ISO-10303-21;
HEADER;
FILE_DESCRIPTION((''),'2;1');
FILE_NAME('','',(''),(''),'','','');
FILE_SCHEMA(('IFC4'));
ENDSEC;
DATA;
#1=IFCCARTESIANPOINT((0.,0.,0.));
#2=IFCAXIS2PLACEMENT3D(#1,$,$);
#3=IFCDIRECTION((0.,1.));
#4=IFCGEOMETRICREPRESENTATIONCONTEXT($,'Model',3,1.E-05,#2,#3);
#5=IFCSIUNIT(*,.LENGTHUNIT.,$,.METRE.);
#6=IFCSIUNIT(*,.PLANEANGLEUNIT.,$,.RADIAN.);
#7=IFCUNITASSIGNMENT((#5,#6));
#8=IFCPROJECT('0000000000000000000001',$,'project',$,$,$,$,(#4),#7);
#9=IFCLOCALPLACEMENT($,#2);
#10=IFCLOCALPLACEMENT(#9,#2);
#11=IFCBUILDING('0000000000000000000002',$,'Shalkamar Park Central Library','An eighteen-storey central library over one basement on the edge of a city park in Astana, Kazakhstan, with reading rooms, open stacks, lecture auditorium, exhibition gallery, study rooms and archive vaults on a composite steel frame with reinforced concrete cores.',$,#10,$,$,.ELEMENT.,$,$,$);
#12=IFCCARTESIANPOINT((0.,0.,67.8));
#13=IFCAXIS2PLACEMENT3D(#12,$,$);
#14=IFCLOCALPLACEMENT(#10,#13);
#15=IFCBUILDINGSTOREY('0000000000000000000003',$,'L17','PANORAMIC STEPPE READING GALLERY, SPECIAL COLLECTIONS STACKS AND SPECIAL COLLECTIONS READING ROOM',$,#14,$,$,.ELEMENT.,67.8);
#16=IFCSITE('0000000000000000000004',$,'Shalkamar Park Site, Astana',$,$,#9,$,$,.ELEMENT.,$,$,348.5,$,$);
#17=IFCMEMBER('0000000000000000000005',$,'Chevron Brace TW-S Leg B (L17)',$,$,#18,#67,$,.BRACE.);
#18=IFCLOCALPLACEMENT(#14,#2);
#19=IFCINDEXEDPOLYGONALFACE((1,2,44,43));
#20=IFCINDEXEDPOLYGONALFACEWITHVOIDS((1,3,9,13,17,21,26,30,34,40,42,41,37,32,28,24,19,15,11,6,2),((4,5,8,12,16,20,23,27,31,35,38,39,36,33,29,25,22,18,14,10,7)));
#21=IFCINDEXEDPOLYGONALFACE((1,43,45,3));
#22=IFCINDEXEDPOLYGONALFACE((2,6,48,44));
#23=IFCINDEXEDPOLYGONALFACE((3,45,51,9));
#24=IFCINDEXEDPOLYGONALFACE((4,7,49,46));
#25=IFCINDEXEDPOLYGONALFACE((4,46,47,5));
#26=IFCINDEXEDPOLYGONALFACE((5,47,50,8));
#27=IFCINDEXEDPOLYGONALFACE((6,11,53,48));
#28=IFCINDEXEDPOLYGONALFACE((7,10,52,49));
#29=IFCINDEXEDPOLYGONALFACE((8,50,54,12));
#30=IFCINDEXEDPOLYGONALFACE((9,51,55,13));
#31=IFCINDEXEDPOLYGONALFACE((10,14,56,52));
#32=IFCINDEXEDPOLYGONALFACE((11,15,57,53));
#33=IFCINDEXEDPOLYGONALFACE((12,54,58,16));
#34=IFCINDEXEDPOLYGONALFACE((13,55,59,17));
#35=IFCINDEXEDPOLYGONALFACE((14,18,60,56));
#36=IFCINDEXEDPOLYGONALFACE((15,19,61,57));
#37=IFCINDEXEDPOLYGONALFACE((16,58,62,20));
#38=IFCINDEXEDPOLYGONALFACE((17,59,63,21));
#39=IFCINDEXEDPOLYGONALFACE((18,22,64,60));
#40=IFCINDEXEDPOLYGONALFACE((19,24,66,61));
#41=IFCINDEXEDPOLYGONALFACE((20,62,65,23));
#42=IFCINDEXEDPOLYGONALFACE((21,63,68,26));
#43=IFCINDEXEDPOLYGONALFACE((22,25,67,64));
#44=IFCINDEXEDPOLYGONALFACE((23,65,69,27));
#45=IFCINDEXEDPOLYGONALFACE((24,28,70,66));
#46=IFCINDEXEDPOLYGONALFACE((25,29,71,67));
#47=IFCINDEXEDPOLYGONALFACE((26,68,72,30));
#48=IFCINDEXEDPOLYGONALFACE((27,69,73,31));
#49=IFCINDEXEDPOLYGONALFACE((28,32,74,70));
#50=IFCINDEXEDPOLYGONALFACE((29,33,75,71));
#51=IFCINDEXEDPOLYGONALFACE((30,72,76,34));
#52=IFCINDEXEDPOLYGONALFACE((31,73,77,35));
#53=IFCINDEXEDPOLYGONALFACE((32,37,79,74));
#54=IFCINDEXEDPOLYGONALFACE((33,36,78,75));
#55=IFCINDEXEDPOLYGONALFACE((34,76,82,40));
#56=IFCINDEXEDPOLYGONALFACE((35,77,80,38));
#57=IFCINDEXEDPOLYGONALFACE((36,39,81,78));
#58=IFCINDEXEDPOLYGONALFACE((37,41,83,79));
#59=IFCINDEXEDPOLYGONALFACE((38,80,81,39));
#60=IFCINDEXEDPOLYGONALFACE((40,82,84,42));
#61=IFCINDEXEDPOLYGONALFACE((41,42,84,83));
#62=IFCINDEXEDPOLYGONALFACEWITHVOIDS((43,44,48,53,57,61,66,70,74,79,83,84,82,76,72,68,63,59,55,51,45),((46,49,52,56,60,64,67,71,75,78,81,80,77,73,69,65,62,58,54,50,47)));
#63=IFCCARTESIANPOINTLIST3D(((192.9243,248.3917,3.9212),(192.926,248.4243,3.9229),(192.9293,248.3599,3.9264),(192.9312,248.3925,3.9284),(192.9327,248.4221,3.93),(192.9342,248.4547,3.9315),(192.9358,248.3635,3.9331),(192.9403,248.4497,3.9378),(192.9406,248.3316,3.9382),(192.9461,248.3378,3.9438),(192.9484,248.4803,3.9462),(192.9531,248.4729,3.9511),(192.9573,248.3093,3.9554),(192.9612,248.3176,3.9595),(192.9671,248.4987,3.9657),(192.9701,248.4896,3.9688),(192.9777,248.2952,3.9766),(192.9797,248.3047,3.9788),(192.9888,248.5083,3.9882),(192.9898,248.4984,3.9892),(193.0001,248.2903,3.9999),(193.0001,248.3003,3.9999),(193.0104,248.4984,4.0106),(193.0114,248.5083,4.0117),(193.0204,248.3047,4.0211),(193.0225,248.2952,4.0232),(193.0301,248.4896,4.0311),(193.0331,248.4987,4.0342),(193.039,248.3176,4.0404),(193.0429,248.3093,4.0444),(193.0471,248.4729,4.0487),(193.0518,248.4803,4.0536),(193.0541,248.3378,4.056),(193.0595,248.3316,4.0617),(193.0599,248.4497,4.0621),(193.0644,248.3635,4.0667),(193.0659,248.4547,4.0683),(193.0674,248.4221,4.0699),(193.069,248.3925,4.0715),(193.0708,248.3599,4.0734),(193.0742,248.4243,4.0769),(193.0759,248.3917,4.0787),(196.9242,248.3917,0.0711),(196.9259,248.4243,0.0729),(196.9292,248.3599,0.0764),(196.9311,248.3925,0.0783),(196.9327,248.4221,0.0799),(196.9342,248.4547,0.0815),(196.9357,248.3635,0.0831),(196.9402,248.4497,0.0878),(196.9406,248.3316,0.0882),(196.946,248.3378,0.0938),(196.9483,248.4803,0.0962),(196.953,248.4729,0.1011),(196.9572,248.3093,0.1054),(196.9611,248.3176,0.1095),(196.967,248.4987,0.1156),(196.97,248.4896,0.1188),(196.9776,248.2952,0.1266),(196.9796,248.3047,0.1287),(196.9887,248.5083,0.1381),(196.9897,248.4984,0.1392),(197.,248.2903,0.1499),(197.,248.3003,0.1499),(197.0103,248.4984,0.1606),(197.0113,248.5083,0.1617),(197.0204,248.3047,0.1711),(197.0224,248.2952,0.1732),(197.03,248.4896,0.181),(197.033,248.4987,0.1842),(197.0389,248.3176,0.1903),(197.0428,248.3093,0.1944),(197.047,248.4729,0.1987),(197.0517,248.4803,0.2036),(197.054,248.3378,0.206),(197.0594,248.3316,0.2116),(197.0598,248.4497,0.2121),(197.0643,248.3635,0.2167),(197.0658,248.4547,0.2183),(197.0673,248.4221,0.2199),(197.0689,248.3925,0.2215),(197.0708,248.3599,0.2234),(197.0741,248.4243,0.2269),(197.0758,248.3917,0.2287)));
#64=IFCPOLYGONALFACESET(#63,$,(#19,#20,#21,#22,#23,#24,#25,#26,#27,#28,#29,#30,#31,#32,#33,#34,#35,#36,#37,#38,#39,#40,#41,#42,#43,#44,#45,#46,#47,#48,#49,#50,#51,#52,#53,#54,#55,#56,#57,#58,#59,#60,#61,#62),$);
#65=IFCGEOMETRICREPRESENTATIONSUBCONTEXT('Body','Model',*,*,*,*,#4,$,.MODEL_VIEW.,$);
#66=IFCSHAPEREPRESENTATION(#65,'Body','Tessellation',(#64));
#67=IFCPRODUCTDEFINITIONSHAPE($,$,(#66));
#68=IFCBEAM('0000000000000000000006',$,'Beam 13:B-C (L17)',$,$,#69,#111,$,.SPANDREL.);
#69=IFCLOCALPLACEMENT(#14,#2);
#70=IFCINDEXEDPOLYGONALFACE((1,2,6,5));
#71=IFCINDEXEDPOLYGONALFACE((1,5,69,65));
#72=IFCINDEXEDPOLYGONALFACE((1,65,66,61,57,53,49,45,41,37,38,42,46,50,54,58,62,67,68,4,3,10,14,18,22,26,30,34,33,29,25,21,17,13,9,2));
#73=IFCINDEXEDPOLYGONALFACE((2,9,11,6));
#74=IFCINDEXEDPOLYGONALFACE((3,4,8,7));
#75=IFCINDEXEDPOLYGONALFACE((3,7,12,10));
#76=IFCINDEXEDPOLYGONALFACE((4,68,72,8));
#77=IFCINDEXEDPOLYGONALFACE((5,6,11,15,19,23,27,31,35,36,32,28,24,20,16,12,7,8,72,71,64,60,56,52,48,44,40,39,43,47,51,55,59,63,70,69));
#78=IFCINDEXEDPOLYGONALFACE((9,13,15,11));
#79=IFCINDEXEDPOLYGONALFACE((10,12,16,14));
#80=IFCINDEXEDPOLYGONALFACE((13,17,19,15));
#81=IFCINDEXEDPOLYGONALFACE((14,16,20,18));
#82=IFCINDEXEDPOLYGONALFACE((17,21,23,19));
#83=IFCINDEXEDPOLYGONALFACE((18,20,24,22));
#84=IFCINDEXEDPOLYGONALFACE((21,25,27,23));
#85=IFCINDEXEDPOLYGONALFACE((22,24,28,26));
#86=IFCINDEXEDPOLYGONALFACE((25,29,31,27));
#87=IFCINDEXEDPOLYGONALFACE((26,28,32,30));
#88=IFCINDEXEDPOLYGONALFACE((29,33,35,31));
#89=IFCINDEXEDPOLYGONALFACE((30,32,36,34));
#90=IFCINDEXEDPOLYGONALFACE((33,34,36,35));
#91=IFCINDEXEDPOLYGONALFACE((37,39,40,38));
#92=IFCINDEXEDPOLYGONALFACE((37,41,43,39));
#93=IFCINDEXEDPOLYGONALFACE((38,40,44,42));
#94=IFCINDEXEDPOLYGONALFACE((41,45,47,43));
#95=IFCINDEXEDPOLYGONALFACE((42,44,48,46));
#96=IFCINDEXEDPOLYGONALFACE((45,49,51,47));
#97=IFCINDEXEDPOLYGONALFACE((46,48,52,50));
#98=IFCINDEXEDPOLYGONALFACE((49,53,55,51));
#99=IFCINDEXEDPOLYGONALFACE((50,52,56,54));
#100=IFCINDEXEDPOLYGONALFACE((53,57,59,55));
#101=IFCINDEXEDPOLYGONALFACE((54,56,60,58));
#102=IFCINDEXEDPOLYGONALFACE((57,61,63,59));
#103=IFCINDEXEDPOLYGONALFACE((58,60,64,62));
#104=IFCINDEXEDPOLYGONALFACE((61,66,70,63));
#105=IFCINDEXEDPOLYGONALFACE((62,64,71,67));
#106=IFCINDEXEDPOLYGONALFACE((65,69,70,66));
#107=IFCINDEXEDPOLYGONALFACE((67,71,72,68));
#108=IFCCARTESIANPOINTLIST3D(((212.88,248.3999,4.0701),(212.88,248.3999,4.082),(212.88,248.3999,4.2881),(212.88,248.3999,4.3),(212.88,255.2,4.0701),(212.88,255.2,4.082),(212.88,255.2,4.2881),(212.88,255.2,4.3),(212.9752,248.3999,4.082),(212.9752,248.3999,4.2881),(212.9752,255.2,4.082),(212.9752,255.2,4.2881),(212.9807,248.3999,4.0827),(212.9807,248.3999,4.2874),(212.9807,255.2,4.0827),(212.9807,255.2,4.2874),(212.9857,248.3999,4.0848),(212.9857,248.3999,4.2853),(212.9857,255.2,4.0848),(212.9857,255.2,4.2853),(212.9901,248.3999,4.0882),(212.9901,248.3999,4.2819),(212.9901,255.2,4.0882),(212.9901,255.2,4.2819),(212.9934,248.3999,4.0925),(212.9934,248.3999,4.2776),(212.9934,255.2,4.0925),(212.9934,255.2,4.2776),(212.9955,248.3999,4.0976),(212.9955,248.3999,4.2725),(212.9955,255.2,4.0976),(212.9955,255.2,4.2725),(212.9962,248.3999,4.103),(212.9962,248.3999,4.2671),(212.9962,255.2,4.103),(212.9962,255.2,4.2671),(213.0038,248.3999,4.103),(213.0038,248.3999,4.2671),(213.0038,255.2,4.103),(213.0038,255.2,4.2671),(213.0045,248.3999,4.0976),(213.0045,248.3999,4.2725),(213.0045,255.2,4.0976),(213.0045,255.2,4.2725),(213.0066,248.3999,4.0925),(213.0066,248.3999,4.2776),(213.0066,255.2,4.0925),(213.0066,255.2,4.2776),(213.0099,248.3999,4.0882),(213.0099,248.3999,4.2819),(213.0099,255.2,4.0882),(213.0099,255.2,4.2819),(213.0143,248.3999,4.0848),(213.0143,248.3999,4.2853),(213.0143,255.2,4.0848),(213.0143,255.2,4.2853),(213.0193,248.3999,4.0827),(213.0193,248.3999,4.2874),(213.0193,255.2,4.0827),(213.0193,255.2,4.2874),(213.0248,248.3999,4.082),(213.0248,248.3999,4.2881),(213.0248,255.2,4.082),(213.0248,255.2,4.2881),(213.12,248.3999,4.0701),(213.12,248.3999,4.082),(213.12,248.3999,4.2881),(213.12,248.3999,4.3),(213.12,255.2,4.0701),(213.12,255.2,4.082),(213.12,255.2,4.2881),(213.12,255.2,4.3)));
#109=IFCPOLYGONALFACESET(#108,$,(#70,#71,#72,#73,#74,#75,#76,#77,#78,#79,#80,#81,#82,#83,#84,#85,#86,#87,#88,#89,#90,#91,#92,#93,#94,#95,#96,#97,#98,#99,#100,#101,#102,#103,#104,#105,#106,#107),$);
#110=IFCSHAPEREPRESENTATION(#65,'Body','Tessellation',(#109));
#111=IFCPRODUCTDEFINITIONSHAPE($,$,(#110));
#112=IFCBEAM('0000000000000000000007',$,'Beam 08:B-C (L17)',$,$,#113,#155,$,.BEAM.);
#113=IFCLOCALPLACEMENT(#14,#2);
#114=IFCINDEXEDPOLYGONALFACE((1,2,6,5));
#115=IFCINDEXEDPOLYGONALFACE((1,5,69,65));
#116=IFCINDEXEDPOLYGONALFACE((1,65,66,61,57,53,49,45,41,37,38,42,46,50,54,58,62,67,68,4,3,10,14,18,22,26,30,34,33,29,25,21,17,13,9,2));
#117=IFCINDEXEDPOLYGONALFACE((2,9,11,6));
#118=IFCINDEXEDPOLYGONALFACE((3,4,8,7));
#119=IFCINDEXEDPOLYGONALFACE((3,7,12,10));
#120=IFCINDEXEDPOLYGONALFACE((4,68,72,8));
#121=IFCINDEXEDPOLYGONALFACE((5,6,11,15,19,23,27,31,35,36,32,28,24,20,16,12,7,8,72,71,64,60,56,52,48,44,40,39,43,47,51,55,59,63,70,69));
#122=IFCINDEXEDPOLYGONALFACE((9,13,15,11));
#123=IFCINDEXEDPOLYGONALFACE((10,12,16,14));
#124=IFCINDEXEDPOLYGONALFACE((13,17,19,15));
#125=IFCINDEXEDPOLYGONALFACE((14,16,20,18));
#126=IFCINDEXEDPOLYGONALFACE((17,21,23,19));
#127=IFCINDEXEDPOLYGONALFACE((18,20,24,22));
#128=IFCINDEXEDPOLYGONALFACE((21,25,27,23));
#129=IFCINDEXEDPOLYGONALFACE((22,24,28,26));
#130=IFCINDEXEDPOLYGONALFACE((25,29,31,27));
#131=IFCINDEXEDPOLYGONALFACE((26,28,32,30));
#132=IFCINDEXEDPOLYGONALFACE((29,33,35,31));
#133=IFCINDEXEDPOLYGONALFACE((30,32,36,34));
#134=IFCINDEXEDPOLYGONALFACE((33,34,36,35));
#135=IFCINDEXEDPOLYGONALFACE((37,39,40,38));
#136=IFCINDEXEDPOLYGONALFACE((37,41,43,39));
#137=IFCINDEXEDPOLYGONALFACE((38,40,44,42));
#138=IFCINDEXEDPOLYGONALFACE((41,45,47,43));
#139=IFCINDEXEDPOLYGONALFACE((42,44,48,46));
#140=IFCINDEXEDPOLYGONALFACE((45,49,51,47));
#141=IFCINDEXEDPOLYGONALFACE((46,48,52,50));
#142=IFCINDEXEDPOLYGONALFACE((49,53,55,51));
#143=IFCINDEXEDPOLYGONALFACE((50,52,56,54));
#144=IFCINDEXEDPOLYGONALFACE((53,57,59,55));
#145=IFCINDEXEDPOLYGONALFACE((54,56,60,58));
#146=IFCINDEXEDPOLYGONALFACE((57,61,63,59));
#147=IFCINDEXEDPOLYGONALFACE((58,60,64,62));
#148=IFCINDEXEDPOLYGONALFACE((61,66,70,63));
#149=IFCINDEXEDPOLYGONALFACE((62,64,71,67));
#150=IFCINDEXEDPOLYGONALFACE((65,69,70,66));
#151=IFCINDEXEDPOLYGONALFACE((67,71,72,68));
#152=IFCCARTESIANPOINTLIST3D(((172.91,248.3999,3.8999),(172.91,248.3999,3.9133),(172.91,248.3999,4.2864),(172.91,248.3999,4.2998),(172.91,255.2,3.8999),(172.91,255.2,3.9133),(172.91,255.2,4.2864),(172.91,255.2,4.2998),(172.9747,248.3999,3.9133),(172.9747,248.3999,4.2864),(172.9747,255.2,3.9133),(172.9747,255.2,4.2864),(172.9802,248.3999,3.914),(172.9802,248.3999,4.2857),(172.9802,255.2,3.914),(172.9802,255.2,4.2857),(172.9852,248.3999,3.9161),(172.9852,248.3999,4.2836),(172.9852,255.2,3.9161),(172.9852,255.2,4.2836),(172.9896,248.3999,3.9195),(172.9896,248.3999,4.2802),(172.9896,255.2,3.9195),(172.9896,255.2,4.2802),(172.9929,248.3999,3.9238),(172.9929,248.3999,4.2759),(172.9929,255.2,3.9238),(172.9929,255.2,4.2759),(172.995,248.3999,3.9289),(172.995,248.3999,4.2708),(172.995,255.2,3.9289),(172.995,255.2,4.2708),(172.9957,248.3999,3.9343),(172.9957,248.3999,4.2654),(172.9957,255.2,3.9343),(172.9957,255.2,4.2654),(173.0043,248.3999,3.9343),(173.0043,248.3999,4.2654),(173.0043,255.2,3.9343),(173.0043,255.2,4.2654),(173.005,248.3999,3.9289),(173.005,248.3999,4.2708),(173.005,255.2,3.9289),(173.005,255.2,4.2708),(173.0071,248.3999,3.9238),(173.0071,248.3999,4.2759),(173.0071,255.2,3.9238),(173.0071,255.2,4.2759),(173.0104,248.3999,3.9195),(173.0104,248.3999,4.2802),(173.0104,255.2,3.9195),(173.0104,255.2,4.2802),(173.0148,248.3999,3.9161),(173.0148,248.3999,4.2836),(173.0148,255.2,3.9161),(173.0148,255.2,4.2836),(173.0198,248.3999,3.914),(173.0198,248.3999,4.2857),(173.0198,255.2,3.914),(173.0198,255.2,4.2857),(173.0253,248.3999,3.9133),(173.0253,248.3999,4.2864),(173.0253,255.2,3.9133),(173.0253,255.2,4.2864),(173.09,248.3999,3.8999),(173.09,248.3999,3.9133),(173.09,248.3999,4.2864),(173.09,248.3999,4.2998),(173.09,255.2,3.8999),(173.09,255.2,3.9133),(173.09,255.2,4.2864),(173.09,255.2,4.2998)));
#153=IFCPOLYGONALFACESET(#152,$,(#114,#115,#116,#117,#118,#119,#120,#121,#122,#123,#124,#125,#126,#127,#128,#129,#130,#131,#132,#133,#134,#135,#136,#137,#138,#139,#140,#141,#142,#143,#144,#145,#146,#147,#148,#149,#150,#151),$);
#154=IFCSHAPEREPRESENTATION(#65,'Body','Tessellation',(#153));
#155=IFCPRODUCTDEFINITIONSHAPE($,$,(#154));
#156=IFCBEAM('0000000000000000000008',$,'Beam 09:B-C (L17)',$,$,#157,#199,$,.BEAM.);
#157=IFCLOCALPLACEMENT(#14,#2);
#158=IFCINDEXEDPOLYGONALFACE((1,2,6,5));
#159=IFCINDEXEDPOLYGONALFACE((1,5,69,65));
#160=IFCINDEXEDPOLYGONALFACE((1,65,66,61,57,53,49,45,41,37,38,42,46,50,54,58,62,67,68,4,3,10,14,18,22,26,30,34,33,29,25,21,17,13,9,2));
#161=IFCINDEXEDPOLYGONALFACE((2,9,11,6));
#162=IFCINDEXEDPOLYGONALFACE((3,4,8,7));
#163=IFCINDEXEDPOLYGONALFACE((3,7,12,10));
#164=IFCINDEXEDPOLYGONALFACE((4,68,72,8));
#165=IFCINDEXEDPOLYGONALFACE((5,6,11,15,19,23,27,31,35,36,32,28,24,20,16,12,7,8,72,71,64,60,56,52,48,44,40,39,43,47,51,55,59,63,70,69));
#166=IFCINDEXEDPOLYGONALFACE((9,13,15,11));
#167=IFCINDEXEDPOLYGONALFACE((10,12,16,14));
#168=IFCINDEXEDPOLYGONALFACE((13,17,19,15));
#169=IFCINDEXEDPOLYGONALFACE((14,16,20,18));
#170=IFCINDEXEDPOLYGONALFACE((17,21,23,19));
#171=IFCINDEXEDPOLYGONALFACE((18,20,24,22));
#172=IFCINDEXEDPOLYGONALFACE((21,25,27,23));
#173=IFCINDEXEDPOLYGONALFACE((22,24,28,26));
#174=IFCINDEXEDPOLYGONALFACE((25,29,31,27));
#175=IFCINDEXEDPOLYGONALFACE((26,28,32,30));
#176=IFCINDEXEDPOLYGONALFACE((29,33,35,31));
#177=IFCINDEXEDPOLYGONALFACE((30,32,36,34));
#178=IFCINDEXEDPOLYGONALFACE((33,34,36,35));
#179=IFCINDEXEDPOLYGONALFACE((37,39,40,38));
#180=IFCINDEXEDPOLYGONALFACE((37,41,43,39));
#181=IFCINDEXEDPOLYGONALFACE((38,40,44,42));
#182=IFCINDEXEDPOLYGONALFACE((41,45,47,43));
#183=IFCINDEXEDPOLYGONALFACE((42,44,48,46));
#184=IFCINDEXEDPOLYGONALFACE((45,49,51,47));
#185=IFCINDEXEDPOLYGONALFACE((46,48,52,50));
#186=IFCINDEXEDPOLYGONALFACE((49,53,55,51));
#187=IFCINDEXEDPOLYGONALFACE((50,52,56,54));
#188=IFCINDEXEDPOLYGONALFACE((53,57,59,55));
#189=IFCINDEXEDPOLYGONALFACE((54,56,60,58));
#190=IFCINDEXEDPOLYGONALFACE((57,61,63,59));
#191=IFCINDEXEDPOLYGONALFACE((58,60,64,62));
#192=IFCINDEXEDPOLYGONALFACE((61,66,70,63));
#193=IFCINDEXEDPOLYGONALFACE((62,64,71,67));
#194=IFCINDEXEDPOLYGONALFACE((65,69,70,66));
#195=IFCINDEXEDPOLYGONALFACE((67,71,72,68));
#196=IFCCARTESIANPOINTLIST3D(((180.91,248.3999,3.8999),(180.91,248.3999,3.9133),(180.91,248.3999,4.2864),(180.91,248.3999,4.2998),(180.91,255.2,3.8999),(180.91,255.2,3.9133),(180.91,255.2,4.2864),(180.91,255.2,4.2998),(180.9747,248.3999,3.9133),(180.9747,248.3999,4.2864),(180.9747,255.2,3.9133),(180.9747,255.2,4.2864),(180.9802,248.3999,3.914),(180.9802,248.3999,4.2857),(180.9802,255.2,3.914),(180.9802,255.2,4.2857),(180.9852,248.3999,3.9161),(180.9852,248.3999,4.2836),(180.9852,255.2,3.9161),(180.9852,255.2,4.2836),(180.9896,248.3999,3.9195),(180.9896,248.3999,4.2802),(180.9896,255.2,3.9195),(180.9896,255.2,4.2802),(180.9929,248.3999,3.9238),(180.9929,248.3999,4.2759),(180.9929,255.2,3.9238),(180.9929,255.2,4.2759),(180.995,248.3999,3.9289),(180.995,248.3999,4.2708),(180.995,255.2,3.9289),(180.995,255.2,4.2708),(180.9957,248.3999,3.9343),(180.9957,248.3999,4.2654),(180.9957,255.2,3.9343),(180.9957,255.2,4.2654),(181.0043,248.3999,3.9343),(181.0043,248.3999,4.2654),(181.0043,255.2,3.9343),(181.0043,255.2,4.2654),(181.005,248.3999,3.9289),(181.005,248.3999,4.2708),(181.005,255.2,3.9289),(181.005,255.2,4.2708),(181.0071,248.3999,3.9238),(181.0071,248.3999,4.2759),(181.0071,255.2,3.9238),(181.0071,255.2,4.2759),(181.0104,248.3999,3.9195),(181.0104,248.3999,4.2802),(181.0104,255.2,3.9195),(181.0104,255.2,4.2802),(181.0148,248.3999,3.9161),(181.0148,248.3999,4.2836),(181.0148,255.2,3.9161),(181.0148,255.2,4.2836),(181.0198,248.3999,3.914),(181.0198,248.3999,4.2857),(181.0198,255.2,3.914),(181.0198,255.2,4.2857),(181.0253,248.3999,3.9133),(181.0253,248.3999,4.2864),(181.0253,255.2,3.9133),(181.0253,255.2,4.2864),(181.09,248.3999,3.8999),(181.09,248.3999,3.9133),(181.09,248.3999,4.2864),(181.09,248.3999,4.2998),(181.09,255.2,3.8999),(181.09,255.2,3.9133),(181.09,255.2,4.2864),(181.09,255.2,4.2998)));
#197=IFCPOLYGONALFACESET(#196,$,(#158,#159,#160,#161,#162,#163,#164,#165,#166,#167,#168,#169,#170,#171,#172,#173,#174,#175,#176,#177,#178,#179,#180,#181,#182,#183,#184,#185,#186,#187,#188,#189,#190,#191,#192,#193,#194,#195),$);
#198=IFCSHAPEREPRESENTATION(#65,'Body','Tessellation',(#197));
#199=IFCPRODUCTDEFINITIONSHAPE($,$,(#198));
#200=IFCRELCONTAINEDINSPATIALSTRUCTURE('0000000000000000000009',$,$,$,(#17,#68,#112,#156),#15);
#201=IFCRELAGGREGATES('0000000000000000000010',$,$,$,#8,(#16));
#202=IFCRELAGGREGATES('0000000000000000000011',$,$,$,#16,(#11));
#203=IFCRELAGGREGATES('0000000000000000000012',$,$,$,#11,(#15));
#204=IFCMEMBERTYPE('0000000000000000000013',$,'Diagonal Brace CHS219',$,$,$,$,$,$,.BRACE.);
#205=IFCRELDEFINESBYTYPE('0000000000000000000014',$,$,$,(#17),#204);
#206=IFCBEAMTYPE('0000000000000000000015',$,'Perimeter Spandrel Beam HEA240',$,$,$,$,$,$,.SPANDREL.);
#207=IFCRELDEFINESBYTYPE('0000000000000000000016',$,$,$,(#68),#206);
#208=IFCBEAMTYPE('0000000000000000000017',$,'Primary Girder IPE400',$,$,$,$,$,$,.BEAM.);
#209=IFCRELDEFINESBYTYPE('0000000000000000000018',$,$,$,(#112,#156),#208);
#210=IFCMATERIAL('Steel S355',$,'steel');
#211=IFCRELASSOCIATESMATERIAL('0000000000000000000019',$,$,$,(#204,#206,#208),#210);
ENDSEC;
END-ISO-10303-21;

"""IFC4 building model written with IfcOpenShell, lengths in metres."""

from ifc_helpers import new_model, si_unit, direction, frame, origin, origin_2d, place, context, subcontext, project, spatial, hollow_circle, i_section, extrude, material, material_profile, profile_set, type_object, element, save


model = new_model("IFC4")

# Units and contexts
model_context = context("Model", 3, precision=1e-05, world=origin(), true_north=direction((0.0, 1.0)))
body_context = subcontext(model_context, "Body", "Model", "MODEL_VIEW")
ifc_project = project(units=[si_unit("LENGTHUNIT", "METRE"), si_unit("PLANEANGLEUNIT", "RADIAN")], contexts=[model_context])

# Site, building, storey
site_placement = place(None, origin())
site = spatial("IfcSite", under=ifc_project, at=site_placement, Name="Shalkamar Park Site, Astana", CompositionType="ELEMENT", RefElevation=348.5)
building_placement = place(site_placement, origin())
building = spatial("IfcBuilding", under=site, at=building_placement, Name="Shalkamar Park Central Library", Description="An eighteen-storey central library over one basement on the edge of a city park in Astana, Kazakhstan, with reading rooms, open stacks, lecture auditorium, exhibition gallery, study rooms and archive vaults on a composite steel frame with reinforced concrete cores.", CompositionType="ELEMENT")
storey_placement = place(building_placement, frame((0.0, 0.0, 67.8)))
storey = spatial("IfcBuildingStorey", under=building, at=storey_placement, Name="L17", Description="PANORAMIC STEPPE READING GALLERY, SPECIAL COLLECTIONS STACKS AND SPECIAL COLLECTIONS READING ROOM", CompositionType="ELEMENT", Elevation=67.8)

# Shared definitions
ifc_material_1 = material(Name="Steel S355", Category="steel")

# Member
ifc_material_profile_1 = material_profile(ifc_material_1, hollow_circle(Radius=0.1096, WallThickness=0.01, at=origin_2d()), Name="CHS 219.1x10")
ifc_profile_set_1 = profile_set([ifc_material_profile_1], Name="Steel S355")
member_type = type_object("IfcMemberType", Name="Diagonal Brace CHS219", PredefinedType="BRACE", material=ifc_profile_set_1)
for number, where, z_axis, x_axis, name in (
    (1, (197.0, 248.3999, 0.1499), (-0.720478, 0.0, 0.693478), (0.0, -1.0, 0.0), "Chevron Brace TW-S Leg B (L17)"),
):
    element("IfcMember", number, at=place(storey_placement, frame(where, z_axis=z_axis, x_axis=x_axis)), inside=storey, type_object=member_type, Name=name, PredefinedType="BRACE", context=body_context, shape_type="SweptSolid", body=[
        extrude(hollow_circle(Radius=0.1096, WallThickness=0.01, at=origin_2d()), origin(), (0.0, 0.0, 1.0), 5.5518),
    ])

# Beams
ifc_material_profile_2 = material_profile(ifc_material_1, i_section(OverallWidth=0.24, OverallDepth=0.23, WebThickness=0.0076, FlangeThickness=0.012, FilletRadius=0.021, at=origin_2d()), Name="HEA 240")
ifc_profile_set_2 = profile_set([ifc_material_profile_2], Name="Steel S355")
beam_type_1 = type_object("IfcBeamType", Name="Perimeter Spandrel Beam HEA240", PredefinedType="SPANDREL", material=ifc_profile_set_2)
beam_1_placement = place(storey_placement, frame((213.0, 248.3999, 4.1851), z_axis=(0.0, 1.0, 0.0), x_axis=(-1.0, 0.0, 0.0)))
element("IfcBeam", 2, at=beam_1_placement, inside=storey, type_object=beam_type_1, Name="Beam 13:B-C (L17)", PredefinedType="SPANDREL", context=body_context, shape_type="SweptSolid", body=[
    extrude(i_section(OverallWidth=0.24, OverallDepth=0.23, WebThickness=0.0076, FlangeThickness=0.012, FilletRadius=0.021, at=origin_2d()), origin(), (0.0, 0.0, 1.0), 6.8),
])
ifc_material_profile_3 = material_profile(ifc_material_1, i_section(OverallWidth=0.1799, OverallDepth=0.3999, WebThickness=0.0085, FlangeThickness=0.0134, FilletRadius=0.021, at=origin_2d()), Name="IPE 400")
ifc_profile_set_3 = profile_set([ifc_material_profile_3], Name="Steel S355")
beam_type_2 = type_object("IfcBeamType", Name="Primary Girder IPE400", PredefinedType="BEAM", material=ifc_profile_set_3)
for number, where, z_axis, x_axis, name in (
    (3, (173.0, 248.3999, 4.0999), (0.0, 1.0, 0.0), (-1.0, 0.0, 0.0), "Beam 08:B-C (L17)"),
    (4, (181.0, 248.3999, 4.0999), (0.0, 1.0, 0.0), (-1.0, 0.0, 0.0), "Beam 09:B-C (L17)"),
):
    element("IfcBeam", number, at=place(storey_placement, frame(where, z_axis=z_axis, x_axis=x_axis)), inside=storey, type_object=beam_type_2, Name=name, PredefinedType="BEAM", context=body_context, shape_type="SweptSolid", body=[
        extrude(i_section(OverallWidth=0.1799, OverallDepth=0.3999, WebThickness=0.0085, FlangeThickness=0.0134, FilletRadius=0.021, at=origin_2d()), origin(), (0.0, 0.0, 1.0), 6.8),
    ])

save(model, "model.ifc")
